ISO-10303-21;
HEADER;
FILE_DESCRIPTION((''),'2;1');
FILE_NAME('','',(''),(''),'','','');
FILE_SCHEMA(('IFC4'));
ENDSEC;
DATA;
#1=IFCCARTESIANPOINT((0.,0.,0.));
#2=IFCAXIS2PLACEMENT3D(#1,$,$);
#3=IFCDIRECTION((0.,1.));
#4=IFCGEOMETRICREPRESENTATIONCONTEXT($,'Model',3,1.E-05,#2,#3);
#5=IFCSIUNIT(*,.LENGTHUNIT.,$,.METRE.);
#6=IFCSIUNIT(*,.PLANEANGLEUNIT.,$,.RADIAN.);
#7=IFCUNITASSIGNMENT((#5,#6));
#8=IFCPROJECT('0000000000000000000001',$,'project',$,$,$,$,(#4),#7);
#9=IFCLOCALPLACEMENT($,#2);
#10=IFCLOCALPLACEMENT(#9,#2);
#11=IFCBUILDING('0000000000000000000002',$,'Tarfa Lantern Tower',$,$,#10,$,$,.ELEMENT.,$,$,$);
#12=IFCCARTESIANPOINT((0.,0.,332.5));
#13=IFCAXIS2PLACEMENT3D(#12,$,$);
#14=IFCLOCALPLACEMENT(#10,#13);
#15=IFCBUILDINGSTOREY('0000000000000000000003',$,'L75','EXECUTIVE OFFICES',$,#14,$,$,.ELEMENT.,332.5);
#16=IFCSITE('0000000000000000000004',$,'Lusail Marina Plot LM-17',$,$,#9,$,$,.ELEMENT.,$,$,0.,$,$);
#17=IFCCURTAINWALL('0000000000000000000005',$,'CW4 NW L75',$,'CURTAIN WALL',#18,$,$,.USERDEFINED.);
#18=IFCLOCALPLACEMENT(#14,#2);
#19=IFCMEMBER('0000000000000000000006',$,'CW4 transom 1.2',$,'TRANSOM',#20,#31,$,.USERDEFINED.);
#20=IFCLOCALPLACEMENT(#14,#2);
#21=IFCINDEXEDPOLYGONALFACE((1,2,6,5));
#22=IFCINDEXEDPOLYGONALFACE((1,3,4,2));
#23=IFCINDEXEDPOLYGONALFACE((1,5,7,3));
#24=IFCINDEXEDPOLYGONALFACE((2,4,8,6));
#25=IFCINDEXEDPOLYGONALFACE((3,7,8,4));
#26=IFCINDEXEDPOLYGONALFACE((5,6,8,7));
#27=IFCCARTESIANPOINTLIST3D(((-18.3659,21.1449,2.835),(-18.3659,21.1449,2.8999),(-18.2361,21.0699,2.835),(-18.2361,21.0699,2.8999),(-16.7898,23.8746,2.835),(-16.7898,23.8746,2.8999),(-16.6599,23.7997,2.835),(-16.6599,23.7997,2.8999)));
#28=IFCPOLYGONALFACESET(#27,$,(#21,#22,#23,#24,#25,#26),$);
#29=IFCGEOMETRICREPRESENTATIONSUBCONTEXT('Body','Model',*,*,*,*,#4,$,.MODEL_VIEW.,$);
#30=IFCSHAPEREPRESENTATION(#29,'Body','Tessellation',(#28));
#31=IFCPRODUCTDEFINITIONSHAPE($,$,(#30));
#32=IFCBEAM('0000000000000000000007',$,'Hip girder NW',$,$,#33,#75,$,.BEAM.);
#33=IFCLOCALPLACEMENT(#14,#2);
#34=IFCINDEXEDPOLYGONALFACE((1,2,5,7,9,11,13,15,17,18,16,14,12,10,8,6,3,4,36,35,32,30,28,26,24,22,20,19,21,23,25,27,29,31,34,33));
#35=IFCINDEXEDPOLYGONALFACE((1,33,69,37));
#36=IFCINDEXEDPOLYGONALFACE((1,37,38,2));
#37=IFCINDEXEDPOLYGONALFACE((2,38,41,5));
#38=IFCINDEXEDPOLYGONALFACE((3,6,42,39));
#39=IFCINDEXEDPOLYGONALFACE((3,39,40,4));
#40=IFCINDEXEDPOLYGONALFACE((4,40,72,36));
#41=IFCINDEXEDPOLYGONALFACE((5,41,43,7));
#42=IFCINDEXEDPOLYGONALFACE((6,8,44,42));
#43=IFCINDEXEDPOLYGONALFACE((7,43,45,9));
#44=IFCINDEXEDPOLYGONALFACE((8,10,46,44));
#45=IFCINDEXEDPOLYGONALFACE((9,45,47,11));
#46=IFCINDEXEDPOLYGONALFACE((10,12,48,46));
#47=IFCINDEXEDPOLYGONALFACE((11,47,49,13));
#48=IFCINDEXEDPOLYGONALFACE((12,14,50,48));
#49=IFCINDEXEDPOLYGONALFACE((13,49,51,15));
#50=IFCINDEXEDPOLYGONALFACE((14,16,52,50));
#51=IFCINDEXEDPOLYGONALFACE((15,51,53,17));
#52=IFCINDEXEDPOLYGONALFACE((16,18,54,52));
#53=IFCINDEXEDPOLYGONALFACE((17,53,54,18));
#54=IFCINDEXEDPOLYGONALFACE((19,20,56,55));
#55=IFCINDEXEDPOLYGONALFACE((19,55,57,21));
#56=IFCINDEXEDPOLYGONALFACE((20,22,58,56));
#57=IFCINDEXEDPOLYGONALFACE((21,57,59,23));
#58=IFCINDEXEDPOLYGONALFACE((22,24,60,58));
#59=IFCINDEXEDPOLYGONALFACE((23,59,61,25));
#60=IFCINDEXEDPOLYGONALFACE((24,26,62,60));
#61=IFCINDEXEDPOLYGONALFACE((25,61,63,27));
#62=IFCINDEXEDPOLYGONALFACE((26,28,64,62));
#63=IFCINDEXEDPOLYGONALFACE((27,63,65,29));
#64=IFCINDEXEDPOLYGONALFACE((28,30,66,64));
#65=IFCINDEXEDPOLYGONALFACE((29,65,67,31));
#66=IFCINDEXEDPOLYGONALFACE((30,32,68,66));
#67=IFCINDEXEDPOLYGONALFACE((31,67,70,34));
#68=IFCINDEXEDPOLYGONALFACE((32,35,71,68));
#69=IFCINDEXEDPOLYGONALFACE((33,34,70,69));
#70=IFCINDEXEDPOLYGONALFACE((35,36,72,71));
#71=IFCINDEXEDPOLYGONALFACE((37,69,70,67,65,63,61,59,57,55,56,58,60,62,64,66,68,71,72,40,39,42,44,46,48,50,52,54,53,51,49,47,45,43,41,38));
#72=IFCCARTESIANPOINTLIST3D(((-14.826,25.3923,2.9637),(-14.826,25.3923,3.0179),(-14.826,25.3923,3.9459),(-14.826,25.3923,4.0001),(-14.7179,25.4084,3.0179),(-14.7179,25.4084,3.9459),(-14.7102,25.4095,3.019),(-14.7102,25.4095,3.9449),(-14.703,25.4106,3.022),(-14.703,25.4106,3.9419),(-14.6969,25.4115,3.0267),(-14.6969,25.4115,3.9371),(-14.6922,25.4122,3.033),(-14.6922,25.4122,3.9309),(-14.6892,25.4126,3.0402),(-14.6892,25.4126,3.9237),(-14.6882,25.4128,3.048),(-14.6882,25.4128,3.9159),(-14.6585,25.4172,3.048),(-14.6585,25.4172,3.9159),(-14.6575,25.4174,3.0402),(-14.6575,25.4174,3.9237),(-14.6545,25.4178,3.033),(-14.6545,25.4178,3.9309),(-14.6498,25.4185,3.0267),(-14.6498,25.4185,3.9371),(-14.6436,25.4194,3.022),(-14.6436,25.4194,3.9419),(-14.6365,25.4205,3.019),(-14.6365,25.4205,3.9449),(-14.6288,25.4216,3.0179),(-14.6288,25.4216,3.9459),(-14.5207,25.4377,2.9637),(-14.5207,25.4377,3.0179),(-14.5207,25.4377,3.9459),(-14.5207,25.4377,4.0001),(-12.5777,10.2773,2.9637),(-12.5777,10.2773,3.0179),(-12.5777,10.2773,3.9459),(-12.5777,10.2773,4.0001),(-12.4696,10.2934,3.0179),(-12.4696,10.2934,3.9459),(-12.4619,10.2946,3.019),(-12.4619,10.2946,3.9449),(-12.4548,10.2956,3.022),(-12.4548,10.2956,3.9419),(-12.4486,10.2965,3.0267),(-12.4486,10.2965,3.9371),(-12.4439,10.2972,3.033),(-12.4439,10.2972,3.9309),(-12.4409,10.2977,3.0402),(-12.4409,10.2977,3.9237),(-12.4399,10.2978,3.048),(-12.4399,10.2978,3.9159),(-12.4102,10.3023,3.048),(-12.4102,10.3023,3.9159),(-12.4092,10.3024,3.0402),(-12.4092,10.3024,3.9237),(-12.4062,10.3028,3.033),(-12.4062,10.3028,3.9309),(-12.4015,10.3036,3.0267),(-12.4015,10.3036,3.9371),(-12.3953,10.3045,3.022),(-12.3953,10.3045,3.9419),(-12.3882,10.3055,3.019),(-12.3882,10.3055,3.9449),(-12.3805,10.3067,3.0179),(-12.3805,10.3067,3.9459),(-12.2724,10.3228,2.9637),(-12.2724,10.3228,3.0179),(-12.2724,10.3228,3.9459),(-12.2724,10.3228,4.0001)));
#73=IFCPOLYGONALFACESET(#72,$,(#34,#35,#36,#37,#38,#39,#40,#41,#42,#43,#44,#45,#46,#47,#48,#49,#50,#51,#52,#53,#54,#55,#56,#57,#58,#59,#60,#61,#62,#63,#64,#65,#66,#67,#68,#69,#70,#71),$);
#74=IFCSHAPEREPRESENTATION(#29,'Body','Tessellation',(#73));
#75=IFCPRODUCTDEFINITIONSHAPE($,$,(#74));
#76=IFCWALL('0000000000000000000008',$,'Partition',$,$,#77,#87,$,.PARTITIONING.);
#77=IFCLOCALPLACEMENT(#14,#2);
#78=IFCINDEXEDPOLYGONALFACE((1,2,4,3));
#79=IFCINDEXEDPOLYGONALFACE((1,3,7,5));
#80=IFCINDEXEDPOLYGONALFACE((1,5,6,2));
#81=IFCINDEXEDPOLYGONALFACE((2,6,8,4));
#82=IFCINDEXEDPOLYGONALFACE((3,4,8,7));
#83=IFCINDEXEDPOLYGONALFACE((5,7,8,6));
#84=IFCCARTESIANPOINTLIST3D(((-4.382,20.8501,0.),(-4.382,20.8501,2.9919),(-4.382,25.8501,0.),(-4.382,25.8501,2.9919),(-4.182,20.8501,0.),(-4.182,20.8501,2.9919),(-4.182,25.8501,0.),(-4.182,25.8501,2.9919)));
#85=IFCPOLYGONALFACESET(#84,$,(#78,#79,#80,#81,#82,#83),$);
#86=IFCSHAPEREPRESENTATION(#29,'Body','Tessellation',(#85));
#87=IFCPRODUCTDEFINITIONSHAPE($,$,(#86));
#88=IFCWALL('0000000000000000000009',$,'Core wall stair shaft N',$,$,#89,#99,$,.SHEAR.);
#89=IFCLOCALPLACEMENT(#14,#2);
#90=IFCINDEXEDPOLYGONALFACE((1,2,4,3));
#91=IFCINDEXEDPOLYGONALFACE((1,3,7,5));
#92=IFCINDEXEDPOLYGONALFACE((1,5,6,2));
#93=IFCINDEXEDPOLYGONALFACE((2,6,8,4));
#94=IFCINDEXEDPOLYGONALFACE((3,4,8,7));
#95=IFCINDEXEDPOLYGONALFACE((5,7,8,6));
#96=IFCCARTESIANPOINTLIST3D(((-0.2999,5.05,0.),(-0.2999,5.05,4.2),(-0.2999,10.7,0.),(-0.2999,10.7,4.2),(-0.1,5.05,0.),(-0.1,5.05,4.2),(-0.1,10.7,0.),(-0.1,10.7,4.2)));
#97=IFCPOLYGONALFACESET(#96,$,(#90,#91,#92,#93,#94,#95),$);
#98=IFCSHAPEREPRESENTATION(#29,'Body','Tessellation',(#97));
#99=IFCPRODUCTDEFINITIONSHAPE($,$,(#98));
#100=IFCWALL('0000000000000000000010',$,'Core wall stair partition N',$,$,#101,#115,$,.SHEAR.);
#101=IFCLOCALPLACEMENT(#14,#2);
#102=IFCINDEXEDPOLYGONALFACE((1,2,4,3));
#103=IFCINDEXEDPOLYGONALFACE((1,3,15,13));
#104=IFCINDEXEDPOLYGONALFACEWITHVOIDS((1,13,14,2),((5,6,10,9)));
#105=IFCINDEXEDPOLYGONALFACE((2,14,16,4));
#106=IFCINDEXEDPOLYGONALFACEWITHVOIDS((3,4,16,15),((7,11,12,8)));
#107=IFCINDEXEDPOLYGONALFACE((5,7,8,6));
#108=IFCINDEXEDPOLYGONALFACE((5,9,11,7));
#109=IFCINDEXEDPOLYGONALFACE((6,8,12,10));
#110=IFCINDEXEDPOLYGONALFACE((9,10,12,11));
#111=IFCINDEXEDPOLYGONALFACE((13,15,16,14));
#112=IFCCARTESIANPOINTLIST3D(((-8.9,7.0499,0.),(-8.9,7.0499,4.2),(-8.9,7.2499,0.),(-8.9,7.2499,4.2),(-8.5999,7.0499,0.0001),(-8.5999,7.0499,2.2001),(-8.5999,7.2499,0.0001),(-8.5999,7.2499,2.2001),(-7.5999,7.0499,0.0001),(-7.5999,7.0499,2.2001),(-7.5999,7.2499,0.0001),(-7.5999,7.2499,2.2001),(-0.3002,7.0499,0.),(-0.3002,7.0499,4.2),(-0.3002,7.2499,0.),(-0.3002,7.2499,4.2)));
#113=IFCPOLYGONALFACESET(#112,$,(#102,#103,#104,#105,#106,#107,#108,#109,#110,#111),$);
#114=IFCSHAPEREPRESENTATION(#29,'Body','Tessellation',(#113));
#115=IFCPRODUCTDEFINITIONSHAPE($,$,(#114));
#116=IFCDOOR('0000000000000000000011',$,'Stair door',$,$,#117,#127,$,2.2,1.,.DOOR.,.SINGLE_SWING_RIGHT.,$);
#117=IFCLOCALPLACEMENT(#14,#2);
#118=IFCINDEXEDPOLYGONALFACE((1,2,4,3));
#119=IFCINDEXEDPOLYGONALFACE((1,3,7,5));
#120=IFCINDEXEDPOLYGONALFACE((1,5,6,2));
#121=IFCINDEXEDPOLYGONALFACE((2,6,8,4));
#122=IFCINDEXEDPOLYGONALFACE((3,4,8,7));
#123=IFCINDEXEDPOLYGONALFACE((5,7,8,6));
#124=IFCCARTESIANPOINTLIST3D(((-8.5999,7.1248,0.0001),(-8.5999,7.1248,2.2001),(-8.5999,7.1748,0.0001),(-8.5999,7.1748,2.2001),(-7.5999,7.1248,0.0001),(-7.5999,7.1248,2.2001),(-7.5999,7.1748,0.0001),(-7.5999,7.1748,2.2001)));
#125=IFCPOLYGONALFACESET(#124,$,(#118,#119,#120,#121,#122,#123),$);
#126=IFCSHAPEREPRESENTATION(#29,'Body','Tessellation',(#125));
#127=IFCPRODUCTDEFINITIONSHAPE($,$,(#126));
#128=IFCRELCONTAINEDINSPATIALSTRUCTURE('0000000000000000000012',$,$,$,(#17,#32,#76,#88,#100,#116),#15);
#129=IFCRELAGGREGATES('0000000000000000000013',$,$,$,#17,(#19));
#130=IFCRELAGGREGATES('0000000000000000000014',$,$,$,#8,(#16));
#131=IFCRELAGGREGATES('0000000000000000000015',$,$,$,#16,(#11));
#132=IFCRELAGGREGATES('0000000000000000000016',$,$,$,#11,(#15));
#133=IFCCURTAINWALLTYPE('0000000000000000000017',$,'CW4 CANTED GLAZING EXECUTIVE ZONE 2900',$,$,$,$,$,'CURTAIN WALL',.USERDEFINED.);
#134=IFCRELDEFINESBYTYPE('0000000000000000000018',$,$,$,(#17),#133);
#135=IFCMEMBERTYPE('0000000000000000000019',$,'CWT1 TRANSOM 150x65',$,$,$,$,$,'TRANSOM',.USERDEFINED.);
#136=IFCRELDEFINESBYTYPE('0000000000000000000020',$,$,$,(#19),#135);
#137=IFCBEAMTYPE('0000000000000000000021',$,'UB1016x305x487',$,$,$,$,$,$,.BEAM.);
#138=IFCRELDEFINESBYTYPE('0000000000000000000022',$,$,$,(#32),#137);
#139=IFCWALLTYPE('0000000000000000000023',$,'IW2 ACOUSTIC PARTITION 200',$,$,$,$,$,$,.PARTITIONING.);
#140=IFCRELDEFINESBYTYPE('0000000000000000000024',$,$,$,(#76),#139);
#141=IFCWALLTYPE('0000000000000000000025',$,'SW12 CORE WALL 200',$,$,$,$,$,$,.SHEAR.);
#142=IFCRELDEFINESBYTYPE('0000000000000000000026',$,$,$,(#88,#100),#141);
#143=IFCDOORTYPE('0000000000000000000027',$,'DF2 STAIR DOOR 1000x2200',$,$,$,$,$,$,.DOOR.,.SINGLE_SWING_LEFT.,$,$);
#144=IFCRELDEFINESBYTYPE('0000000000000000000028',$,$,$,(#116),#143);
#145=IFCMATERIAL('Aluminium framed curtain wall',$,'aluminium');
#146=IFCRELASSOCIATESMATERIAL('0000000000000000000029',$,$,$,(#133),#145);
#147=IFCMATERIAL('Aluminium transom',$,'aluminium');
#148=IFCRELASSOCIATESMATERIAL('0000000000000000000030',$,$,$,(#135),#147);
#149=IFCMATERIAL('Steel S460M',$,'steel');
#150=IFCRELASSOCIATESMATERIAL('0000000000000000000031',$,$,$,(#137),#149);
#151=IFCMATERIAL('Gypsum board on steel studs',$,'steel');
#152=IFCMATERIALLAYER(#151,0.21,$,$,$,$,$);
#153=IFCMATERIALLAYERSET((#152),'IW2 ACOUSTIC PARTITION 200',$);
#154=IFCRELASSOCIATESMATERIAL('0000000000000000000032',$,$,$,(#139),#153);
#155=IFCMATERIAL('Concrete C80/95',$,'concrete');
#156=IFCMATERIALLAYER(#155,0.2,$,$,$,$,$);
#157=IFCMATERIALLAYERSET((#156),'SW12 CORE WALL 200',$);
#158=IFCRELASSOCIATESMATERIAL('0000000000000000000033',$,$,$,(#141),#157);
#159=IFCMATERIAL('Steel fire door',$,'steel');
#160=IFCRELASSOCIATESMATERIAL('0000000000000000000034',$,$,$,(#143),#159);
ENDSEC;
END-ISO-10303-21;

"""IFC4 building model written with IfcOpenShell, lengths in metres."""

from ifc_helpers import new_model, si_unit, direction, frame, frame_2d, origin, origin_2d, place, context, subcontext, project, spatial, rectangle, i_section, extrude, material, layer, layer_set, material_profile, profile_set, type_object, element, fill, aggregate, save


model = new_model("IFC4")

# Units and contexts
model_context = context("Model", 3, precision=1e-05, world=origin(), true_north=direction((0.0, 1.0)))
body_context = subcontext(model_context, "Body", "Model", "MODEL_VIEW")
ifc_project = project(units=[si_unit("LENGTHUNIT", "METRE"), si_unit("PLANEANGLEUNIT", "RADIAN")], contexts=[model_context])

# Site, building, storey
site_placement = place(None, origin())
site = spatial("IfcSite", under=ifc_project, at=site_placement, Name="Lusail Marina Plot LM-17", CompositionType="ELEMENT", RefElevation=0.0)
building_placement = place(site_placement, origin())
building = spatial("IfcBuilding", under=site, at=building_placement, Name="Tarfa Lantern Tower", CompositionType="ELEMENT")
storey_placement = place(building_placement, frame((0.0, 0.0, 332.5)))
storey = spatial("IfcBuildingStorey", under=building, at=storey_placement, Name="L75", Description="EXECUTIVE OFFICES", CompositionType="ELEMENT", Elevation=332.5)

# Curtain wall, member
ifc_material_1 = material(Name="Aluminium framed curtain wall", Category="aluminium")
curtain_wall_type = type_object("IfcCurtainWallType", Name="CW4 CANTED GLAZING EXECUTIVE ZONE 2900", ElementType="CURTAIN WALL", PredefinedType="USERDEFINED", material=ifc_material_1)
curtain_wall_placement = place(storey_placement, origin())
curtain_wall = element("IfcCurtainWall", 1, at=curtain_wall_placement, inside=storey, type_object=curtain_wall_type, Name="CW4 NW L75", ObjectType="CURTAIN WALL", PredefinedType="USERDEFINED")
ifc_material_2 = material(Name="Aluminium transom", Category="aluminium")
ifc_material_profile_1 = material_profile(ifc_material_2, rectangle(XDim=0.1499, YDim=0.0649, at=origin_2d()), Name="AL TRANSOM 150x65")
ifc_profile_set_1 = profile_set([ifc_material_profile_1], Name="Aluminium transom")
member_type = type_object("IfcMemberType", Name="CWT1 TRANSOM 150x65", ElementType="TRANSOM", PredefinedType="USERDEFINED", material=ifc_profile_set_1)
member_placement = place(storey_placement, frame((-16.7249, 23.8372, 2.8674), z_axis=(-0.500038, -0.866004, 0.0), x_axis=(0.866004, -0.500038, 0.0)))
member = element("IfcMember", 2, at=member_placement, type_object=member_type, Name="CW4 transom 1.2", ObjectType="TRANSOM", PredefinedType="USERDEFINED", context=body_context, shape_type="SweptSolid", body=[
    extrude(rectangle(XDim=0.1499, YDim=0.0649, at=origin_2d()), origin(), (0.0, 0.0, 1.0), 3.1521),
])
aggregate(curtain_wall, [member])

# Beam
ifc_material_3 = material(Name="Steel S460M", Category="steel")
ifc_material_profile_2 = material_profile(ifc_material_3, i_section(OverallWidth=0.3086, OverallDepth=1.0364, WebThickness=0.03, FlangeThickness=0.0542, FilletRadius=0.03, at=origin_2d()), Name="UB1016x305x487")
ifc_profile_set_2 = profile_set([ifc_material_profile_2], Name="Steel S460M")
beam_type = type_object("IfcBeamType", Name="UB1016x305x487", PredefinedType="BEAM", material=ifc_profile_set_2)
beam_placement = place(storey_placement, frame((-12.425, 10.3, 3.4819), z_axis=(-0.147127, 0.989118, 0.0), x_axis=(-0.989118, -0.147127, 0.0)))
element("IfcBeam", 3, at=beam_placement, inside=storey, type_object=beam_type, Name="Hip girder NW", PredefinedType="BEAM", context=body_context, shape_type="SweptSolid", body=[
    extrude(i_section(OverallWidth=0.3086, OverallDepth=1.0364, WebThickness=0.03, FlangeThickness=0.0542, FilletRadius=0.03, at=origin_2d()), origin(), (0.0, 0.0, 1.0), 15.2812),
])

# Walls
ifc_material_4 = material(Name="Gypsum board on steel studs", Category="steel")
ifc_layer_1 = layer(ifc_material_4, 0.21)
ifc_layer_set_1 = layer_set([ifc_layer_1], Name="IW2 ACOUSTIC PARTITION 200")
wall_type_1 = type_object("IfcWallType", Name="IW2 ACOUSTIC PARTITION 200", PredefinedType="PARTITIONING", material=ifc_layer_set_1)
wall_1_placement = place(storey_placement, frame((-4.282, 20.8501, 0.0), z_axis=(0.0, 0.0, 1.0), x_axis=(0.0, 1.0, 0.0)))
element("IfcWall", 4, at=wall_1_placement, inside=storey, type_object=wall_type_1, Name="Partition", PredefinedType="PARTITIONING", context=body_context, shape_type="SweptSolid", body=[
    extrude(rectangle(XDim=5.0, YDim=0.2, at=frame_2d((2.5, 0.0))), origin(), (0.0, 0.0, 1.0), 2.9919),
])
ifc_material_5 = material(Name="Concrete C80/95", Category="concrete")
ifc_layer_2 = layer(ifc_material_5, 0.2)
ifc_layer_set_2 = layer_set([ifc_layer_2], Name="SW12 CORE WALL 200")
wall_type_2 = type_object("IfcWallType", Name="SW12 CORE WALL 200", PredefinedType="SHEAR", material=ifc_layer_set_2)
wall_2_placement = place(storey_placement, frame((-0.2, 5.05, 0.0), z_axis=(0.0, 0.0, 1.0), x_axis=(0.0, 1.0, 0.0)))
element("IfcWall", 5, at=wall_2_placement, inside=storey, type_object=wall_type_2, Name="Core wall stair shaft N", PredefinedType="SHEAR", context=body_context, shape_type="SweptSolid", body=[
    extrude(rectangle(XDim=5.6499, YDim=0.2, at=frame_2d((2.825, 0.0))), origin(), (0.0, 0.0, 1.0), 4.2),
])

# Wall, opening, door
wall_3_placement = place(storey_placement, frame((-8.8999, 7.1499, 0.0), z_axis=(0.0, 0.0, 1.0), x_axis=(1.0, 0.0, 0.0)))
wall_3 = element("IfcWall", 6, at=wall_3_placement, inside=storey, type_object=wall_type_2, Name="Core wall stair partition N", PredefinedType="SHEAR", context=body_context, shape_type="SweptSolid", body=[
    extrude(rectangle(XDim=8.5999, YDim=0.2, at=frame_2d((4.2998, 0.0))), origin(), (0.0, 0.0, 1.0), 4.2),
])
opening_1_placement = place(wall_3_placement, frame((0.3, 0.0, 0.0)))
opening_1 = element("IfcOpeningElement", 7, at=opening_1_placement, cuts=wall_3, PredefinedType="OPENING", context=body_context, shape_type="SweptSolid", body=[
    extrude(rectangle(XDim=1.0, YDim=2.2, at=frame_2d((0.5, 1.1001))), frame((0.0, 0.1099, 0.0), z_axis=(0.0, -1.0, 0.0), x_axis=(1.0, 0.0, 0.0)), (0.0, 0.0, 1.0), 0.22),
])
ifc_material_6 = material(Name="Steel fire door", Category="steel")
door_type_1 = type_object("IfcDoorType", Name="DF2 STAIR DOOR 1000x2200", OperationType="SINGLE_SWING_LEFT", PredefinedType="DOOR", material=ifc_material_6)
door_1_placement = place(opening_1_placement, origin())
door_1 = element("IfcDoor", 8, at=door_1_placement, inside=storey, type_object=door_type_1, Name="Stair door", OperationType="SINGLE_SWING_RIGHT", OverallHeight=2.2, OverallWidth=1.0, PredefinedType="DOOR", context=body_context, shape_type="SweptSolid", body=[
    extrude(rectangle(XDim=1.0, YDim=2.2, at=frame_2d((0.5, 1.1001))), frame((0.0, 0.0249, 0.0), z_axis=(0.0, -1.0, 0.0), x_axis=(1.0, 0.0, 0.0)), (0.0, 0.0, 1.0), 0.05),
])
fill(opening_1, door_1)

save(model, "model.ifc")
